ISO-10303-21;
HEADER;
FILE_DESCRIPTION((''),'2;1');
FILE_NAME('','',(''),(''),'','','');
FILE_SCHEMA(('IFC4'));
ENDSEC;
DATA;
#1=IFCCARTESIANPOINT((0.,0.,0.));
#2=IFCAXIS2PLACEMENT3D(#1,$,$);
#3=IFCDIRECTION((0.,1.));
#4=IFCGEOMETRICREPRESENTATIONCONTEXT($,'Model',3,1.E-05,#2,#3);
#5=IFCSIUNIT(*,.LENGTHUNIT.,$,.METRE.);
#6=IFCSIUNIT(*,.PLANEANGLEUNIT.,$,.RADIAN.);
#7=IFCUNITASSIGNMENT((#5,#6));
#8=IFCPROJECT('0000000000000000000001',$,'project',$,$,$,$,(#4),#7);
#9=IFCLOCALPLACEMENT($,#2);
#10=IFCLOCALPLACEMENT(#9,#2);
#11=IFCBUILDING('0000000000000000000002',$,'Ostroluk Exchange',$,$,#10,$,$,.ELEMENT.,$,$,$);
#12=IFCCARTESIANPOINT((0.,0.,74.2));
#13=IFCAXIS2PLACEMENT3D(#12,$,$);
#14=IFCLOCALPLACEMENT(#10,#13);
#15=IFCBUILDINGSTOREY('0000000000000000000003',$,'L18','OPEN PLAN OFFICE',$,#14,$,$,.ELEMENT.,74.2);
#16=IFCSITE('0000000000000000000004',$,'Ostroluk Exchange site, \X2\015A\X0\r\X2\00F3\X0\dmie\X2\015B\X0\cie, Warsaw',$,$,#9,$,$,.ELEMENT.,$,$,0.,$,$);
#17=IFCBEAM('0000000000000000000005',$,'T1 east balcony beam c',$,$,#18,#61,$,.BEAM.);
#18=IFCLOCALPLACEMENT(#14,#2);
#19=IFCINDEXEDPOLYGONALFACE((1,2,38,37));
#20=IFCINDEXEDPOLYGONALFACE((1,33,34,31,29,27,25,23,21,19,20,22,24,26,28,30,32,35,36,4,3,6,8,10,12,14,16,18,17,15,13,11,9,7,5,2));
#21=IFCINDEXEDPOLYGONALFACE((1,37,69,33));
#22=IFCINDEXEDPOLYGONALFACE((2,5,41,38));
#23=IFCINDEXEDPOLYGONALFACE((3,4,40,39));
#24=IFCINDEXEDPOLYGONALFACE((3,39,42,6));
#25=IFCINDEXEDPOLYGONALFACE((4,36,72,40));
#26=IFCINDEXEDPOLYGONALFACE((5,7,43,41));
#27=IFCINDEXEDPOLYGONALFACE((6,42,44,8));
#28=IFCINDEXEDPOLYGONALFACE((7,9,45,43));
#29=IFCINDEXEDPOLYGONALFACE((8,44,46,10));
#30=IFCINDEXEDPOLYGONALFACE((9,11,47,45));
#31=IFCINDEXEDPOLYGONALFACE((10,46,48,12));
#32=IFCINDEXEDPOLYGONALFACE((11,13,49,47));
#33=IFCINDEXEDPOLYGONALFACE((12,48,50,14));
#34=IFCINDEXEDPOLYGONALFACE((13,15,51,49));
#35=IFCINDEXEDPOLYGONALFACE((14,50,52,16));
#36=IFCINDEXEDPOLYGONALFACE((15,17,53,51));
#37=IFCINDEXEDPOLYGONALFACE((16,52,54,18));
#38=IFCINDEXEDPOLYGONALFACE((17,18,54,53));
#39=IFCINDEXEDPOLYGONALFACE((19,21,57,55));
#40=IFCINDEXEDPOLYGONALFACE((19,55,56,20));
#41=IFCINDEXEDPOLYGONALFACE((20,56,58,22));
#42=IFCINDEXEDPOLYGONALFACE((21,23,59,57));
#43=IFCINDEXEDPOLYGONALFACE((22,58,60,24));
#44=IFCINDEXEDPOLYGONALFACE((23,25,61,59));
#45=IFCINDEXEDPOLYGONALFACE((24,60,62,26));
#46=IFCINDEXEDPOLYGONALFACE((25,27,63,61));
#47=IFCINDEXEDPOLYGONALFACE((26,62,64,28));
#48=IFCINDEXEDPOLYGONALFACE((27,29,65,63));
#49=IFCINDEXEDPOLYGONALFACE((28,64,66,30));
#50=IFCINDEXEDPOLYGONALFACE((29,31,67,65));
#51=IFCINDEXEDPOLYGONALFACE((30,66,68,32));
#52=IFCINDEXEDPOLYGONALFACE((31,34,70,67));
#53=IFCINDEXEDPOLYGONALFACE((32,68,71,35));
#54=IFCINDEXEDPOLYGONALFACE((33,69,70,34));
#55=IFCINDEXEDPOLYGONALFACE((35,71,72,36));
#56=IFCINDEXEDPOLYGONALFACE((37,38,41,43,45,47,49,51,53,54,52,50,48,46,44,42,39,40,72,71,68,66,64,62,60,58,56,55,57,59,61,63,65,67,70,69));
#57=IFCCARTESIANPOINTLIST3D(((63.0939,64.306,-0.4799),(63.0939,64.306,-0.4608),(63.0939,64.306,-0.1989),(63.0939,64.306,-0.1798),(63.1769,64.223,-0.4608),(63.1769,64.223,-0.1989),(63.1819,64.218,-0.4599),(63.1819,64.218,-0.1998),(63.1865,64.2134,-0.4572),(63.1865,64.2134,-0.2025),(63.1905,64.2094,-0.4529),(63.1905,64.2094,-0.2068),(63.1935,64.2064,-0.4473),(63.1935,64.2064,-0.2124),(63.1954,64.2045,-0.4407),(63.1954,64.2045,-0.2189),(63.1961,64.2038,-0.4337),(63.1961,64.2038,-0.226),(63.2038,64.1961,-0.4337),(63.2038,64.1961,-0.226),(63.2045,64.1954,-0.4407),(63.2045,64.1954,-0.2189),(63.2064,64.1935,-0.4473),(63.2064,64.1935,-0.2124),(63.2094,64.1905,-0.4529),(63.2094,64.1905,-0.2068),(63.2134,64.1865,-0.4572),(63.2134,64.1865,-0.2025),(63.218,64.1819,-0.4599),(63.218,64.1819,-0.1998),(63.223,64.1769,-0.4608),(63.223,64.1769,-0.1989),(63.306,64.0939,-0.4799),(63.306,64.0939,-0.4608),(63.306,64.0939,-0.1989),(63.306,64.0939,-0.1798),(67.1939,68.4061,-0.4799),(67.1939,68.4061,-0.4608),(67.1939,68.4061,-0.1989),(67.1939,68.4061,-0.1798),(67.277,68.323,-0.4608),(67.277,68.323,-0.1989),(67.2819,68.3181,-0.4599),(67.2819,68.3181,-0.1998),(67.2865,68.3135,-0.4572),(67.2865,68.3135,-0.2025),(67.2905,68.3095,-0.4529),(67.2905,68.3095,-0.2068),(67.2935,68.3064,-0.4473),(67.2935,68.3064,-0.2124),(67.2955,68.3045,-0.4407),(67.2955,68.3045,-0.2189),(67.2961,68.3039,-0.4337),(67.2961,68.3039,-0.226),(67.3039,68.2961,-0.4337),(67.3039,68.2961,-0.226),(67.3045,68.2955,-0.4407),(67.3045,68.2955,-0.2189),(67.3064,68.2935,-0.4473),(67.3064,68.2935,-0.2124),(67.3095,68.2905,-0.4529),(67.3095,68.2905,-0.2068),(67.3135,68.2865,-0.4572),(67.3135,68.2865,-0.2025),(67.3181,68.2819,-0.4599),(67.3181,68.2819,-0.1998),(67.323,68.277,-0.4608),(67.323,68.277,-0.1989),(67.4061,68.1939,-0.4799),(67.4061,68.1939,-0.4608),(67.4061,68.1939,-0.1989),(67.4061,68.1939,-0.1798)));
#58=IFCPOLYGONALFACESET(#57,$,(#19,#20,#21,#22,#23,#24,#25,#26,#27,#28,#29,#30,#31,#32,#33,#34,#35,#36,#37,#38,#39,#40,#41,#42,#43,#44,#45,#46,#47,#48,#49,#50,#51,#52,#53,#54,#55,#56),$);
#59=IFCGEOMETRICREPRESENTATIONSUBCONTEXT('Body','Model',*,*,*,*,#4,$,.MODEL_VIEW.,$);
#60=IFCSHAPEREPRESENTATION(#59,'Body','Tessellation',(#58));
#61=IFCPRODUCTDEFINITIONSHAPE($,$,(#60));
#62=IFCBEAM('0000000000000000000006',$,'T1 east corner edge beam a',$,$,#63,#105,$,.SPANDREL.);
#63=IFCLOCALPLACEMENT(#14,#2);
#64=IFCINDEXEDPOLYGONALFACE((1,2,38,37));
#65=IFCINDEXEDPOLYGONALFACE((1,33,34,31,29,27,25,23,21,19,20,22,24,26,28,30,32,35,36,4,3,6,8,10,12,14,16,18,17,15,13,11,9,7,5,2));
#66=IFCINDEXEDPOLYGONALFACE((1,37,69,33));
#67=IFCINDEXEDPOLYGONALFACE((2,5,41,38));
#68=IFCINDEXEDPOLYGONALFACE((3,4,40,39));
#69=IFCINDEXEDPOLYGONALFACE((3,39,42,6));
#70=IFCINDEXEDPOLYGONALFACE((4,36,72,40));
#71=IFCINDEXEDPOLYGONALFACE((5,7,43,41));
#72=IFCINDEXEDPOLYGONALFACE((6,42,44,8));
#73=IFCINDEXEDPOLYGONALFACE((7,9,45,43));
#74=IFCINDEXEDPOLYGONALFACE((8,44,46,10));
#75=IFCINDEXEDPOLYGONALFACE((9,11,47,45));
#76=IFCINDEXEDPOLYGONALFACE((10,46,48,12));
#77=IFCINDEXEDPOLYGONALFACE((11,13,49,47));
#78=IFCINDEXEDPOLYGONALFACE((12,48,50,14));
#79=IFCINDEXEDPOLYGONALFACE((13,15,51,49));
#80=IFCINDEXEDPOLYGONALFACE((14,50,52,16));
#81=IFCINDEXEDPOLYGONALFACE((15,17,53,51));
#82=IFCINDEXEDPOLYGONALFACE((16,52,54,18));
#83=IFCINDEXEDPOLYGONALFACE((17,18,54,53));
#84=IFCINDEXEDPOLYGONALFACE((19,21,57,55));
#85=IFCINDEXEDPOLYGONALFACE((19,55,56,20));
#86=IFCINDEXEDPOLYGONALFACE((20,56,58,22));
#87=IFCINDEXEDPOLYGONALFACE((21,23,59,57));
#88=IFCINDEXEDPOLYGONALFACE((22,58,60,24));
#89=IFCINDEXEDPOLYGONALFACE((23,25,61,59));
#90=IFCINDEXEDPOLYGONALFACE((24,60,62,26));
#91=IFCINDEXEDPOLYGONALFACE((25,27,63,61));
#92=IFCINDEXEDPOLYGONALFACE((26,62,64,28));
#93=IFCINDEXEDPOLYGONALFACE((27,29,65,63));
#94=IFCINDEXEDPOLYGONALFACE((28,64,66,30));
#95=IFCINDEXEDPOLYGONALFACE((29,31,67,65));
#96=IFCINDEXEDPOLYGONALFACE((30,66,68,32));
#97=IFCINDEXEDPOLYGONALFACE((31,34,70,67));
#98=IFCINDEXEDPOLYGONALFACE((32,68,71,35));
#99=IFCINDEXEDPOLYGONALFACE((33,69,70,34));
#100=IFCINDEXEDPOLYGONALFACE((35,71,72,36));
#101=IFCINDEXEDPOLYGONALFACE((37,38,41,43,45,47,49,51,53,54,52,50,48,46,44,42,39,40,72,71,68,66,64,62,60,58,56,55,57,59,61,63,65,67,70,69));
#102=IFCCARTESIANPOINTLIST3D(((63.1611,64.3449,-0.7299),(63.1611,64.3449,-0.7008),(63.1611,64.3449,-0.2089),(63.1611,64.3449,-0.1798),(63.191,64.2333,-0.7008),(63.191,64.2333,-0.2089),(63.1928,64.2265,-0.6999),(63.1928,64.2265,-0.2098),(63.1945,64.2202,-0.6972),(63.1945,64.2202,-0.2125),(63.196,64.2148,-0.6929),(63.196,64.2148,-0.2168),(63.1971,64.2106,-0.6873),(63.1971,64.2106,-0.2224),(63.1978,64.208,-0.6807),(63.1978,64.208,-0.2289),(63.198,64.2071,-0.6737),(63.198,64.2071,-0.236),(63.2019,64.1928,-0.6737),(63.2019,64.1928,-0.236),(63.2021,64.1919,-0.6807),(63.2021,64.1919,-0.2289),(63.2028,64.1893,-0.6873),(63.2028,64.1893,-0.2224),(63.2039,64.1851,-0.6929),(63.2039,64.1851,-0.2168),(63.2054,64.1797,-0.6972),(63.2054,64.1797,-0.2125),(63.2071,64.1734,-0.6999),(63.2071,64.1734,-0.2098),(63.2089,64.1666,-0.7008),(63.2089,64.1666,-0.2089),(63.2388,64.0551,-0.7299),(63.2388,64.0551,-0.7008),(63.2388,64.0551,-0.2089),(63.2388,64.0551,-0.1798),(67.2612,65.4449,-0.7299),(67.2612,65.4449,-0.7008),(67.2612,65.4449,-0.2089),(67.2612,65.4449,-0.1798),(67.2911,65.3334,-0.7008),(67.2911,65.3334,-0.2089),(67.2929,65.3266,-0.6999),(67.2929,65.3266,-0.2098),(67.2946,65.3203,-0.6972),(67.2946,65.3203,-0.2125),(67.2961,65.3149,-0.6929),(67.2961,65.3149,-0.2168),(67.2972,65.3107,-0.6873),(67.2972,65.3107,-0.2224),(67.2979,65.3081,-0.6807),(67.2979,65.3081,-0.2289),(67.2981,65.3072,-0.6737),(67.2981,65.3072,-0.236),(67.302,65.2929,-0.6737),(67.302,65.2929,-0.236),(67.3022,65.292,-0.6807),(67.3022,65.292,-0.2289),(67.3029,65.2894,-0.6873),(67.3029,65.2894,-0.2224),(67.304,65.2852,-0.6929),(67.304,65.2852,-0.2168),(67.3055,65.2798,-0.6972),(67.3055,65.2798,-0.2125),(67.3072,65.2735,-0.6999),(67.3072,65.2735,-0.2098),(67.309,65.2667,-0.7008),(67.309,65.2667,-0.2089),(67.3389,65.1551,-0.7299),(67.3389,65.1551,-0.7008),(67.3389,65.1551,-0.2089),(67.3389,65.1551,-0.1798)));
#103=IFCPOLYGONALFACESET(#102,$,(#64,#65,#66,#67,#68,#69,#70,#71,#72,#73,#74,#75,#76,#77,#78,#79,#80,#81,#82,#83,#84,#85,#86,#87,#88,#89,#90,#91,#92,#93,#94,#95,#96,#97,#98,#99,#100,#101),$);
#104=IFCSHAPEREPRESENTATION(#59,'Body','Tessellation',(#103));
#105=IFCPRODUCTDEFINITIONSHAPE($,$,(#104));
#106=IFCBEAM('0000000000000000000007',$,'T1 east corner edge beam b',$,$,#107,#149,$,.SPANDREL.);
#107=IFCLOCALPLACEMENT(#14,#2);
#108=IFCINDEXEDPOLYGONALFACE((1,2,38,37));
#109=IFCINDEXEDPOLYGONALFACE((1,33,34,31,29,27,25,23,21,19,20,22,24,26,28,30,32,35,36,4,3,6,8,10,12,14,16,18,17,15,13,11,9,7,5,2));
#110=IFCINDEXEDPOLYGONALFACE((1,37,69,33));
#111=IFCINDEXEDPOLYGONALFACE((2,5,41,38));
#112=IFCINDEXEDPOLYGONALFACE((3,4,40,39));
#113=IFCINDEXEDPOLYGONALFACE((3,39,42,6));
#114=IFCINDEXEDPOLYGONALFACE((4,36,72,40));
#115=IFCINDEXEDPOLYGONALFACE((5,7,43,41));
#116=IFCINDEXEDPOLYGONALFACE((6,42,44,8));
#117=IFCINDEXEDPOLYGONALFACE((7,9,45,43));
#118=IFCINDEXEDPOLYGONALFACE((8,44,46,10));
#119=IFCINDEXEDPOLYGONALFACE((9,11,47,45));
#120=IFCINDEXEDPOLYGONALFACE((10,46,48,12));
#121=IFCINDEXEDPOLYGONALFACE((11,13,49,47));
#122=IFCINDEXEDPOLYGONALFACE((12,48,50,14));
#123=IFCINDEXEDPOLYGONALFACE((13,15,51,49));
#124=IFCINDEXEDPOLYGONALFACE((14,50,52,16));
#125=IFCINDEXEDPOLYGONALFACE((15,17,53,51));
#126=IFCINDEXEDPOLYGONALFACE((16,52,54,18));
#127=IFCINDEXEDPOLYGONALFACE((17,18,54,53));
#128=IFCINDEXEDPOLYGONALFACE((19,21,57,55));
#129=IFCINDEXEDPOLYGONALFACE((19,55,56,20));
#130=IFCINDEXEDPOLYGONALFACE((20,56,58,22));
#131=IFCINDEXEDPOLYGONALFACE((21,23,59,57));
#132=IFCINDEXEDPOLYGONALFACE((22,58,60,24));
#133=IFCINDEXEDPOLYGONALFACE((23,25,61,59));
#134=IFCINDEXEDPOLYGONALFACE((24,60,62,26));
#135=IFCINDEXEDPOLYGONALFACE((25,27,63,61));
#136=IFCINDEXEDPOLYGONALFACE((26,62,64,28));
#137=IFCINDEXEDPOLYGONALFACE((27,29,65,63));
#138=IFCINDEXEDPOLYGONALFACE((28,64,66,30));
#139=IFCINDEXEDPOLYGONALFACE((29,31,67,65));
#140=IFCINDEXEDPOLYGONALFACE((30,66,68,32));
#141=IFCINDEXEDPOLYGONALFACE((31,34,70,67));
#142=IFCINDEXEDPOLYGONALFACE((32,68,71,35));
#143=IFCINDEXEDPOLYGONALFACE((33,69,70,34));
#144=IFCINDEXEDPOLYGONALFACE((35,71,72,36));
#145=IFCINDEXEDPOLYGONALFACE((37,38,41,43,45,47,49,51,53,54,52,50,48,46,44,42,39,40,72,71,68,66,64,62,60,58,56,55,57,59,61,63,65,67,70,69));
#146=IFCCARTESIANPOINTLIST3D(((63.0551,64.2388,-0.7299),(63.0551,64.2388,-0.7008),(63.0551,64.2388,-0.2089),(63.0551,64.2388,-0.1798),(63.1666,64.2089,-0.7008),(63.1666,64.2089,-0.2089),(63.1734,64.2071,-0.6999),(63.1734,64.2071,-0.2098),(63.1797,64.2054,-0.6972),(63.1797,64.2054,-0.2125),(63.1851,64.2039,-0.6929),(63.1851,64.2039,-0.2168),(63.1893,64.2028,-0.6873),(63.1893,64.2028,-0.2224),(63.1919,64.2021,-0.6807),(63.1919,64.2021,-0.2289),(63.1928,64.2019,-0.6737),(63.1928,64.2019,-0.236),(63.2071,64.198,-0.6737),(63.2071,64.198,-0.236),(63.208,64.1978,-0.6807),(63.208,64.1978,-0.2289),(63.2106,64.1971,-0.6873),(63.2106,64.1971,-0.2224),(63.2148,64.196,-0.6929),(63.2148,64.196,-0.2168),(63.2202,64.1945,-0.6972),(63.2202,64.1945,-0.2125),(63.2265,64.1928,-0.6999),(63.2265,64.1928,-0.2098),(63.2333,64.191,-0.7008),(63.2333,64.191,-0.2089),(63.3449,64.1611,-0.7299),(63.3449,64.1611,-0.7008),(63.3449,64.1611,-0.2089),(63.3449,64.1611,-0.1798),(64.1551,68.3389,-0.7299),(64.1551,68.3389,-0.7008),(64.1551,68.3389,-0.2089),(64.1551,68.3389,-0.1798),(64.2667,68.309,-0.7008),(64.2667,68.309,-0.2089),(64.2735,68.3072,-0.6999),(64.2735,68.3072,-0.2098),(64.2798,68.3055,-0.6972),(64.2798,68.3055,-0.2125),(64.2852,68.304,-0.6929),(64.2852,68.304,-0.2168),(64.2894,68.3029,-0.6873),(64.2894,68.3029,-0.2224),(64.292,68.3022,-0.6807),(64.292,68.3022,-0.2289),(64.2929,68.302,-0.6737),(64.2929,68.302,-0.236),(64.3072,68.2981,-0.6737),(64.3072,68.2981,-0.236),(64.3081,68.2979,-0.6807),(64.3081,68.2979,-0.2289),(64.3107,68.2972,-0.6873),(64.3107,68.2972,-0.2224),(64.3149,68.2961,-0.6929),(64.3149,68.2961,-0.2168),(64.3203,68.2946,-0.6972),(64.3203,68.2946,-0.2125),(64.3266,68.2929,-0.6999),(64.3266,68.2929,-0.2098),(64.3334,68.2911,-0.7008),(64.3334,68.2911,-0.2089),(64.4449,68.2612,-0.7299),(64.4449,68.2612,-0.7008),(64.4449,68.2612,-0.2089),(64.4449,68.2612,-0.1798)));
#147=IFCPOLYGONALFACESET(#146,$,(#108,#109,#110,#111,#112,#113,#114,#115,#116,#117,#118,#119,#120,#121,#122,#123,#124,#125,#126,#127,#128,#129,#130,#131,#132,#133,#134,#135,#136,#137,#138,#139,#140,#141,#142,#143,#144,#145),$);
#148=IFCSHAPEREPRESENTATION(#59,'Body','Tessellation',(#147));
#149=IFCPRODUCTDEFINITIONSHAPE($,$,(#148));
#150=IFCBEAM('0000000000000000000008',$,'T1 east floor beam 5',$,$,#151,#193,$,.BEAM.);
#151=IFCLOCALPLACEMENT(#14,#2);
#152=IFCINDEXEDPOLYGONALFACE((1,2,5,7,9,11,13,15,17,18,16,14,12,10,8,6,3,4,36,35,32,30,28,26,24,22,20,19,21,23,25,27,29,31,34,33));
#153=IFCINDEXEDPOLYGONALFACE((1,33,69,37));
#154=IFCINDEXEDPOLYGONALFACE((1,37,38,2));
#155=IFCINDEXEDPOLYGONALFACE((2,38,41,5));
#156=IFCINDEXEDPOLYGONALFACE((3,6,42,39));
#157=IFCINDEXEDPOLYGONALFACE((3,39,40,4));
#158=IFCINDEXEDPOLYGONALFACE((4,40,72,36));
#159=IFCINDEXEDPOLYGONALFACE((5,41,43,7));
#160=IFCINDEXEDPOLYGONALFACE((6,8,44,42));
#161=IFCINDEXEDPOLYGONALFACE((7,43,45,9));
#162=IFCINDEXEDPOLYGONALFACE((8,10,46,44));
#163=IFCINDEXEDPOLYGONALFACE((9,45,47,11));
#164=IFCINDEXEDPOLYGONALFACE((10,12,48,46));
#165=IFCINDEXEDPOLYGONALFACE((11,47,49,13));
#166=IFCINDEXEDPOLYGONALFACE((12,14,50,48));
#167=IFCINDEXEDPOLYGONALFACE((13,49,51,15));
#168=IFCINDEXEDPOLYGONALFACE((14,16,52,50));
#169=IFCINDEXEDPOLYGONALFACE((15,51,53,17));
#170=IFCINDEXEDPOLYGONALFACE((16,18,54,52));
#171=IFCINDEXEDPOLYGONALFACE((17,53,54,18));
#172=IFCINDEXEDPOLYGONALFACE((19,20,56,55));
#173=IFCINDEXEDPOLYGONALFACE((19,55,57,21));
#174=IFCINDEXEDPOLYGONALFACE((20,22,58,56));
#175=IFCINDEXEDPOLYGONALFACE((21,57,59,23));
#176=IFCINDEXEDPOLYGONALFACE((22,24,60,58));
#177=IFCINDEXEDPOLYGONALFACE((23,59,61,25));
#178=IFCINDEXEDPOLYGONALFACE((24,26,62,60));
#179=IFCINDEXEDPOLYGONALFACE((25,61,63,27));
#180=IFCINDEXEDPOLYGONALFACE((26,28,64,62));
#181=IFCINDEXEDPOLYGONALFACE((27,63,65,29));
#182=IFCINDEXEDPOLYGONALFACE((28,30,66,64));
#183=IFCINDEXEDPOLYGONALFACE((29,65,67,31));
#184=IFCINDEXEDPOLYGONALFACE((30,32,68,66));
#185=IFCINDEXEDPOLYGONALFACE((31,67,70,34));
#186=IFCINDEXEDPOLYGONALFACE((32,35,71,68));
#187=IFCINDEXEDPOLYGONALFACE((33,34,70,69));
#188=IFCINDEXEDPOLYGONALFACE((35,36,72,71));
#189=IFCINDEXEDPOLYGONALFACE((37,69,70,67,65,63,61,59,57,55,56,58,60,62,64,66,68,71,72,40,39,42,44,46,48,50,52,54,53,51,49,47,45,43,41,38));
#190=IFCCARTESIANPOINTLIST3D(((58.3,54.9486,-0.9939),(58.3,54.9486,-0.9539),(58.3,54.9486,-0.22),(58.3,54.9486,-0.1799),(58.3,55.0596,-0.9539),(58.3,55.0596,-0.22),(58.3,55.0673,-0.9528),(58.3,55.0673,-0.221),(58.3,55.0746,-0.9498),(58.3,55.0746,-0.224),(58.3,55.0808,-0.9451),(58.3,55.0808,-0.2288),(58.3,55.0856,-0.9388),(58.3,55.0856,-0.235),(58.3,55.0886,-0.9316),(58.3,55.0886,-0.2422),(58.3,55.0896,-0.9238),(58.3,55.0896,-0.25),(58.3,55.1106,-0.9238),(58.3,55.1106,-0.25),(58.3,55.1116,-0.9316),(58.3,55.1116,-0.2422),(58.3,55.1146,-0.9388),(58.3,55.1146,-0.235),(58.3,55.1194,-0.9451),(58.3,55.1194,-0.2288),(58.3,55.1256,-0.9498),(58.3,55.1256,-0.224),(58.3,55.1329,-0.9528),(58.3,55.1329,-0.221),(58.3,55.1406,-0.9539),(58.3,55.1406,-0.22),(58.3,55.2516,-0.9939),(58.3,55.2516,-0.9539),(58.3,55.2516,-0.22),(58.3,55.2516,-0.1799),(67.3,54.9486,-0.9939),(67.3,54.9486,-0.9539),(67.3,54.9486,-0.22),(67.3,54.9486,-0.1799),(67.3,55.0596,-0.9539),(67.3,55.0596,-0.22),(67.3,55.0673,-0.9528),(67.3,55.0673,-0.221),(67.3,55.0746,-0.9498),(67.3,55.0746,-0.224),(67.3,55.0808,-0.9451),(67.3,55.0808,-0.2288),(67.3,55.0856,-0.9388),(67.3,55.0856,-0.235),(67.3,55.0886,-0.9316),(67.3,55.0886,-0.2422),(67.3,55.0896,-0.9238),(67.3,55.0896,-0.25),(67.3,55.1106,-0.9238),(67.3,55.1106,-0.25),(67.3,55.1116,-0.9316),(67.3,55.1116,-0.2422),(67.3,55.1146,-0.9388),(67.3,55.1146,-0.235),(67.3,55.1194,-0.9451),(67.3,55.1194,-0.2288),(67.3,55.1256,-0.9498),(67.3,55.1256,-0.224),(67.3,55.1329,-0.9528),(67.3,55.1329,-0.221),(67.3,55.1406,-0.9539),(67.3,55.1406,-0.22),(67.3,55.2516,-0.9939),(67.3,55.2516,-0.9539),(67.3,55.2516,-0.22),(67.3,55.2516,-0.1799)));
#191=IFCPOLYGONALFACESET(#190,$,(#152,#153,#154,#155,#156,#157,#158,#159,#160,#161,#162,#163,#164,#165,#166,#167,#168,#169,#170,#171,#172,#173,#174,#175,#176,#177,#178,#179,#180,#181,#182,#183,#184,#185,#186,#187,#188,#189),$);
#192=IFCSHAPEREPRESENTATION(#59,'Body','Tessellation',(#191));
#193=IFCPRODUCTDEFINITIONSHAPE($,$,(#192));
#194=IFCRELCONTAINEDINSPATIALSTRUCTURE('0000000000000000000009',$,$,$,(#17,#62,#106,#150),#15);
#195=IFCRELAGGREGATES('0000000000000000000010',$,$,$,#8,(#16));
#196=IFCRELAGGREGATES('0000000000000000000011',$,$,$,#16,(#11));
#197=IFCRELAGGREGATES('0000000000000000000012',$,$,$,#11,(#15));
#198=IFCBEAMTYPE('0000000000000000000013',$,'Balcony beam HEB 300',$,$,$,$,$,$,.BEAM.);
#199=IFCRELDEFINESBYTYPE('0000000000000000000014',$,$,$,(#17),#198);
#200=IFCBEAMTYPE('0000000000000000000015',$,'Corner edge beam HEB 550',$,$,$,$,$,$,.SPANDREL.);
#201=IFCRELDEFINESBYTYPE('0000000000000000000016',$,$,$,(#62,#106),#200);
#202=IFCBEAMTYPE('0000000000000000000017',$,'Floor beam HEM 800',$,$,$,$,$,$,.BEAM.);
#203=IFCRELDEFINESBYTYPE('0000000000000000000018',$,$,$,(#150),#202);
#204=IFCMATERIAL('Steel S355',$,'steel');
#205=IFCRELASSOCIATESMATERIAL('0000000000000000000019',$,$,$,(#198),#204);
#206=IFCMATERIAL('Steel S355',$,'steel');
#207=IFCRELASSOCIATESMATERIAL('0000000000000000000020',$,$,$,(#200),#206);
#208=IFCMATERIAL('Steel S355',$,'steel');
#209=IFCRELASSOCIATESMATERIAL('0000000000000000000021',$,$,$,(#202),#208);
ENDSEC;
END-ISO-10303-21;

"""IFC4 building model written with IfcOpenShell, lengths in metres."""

from ifc_helpers import new_model, si_unit, direction, frame, origin, origin_2d, place, context, subcontext, project, spatial, i_section, extrude, material, material_profile, profile_set, type_object, element, save


model = new_model("IFC4")

# Units and contexts
model_context = context("Model", 3, precision=1e-05, world=origin(), true_north=direction((0.0, 1.0)))
body_context = subcontext(model_context, "Body", "Model", "MODEL_VIEW")
ifc_project = project(units=[si_unit("LENGTHUNIT", "METRE"), si_unit("PLANEANGLEUNIT", "RADIAN")], contexts=[model_context])

# Site, building, storey
site_placement = place(None, origin())
site = spatial("IfcSite", under=ifc_project, at=site_placement, Name="Ostroluk Exchange site, Śródmieście, Warsaw", CompositionType="ELEMENT", RefElevation=0.0)
building_placement = place(site_placement, origin())
building = spatial("IfcBuilding", under=site, at=building_placement, Name="Ostroluk Exchange", CompositionType="ELEMENT")
storey_placement = place(building_placement, frame((0.0, 0.0, 74.2)))
storey = spatial("IfcBuildingStorey", under=building, at=storey_placement, Name="L18", Description="OPEN PLAN OFFICE", CompositionType="ELEMENT", Elevation=74.2)

# Beams
ifc_material_1 = material(Name="Steel S355", Category="steel")
ifc_material_profile_1 = material_profile(ifc_material_1, i_section(OverallWidth=0.3, OverallDepth=0.3, WebThickness=0.011, FlangeThickness=0.019, FilletRadius=0.0271, at=origin_2d()), Name="HEB 300")
ifc_profile_set_1 = profile_set([ifc_material_profile_1], Name="Steel S355")
beam_type_1 = type_object("IfcBeamType", Name="Balcony beam HEB 300", PredefinedType="BEAM", material=ifc_profile_set_1)
beam_1_placement = place(storey_placement, frame((63.2, 64.2, -0.3298), z_axis=(0.707107, 0.707107, 0.0), x_axis=(-0.707107, 0.707107, 0.0)))
element("IfcBeam", 1, at=beam_1_placement, inside=storey, type_object=beam_type_1, Name="T1 east balcony beam c", PredefinedType="BEAM", context=body_context, shape_type="SweptSolid", body=[
    extrude(i_section(OverallWidth=0.3, OverallDepth=0.3, WebThickness=0.011, FlangeThickness=0.019, FilletRadius=0.0271, at=origin_2d()), origin(), (0.0, 0.0, 1.0), 5.7983),
])
ifc_material_2 = material(Name="Steel S355", Category="steel")
ifc_material_profile_2 = material_profile(ifc_material_2, i_section(OverallWidth=0.3, OverallDepth=0.55, WebThickness=0.0149, FlangeThickness=0.0291, FilletRadius=0.0271, at=origin_2d()), Name="HEB 550")
ifc_profile_set_2 = profile_set([ifc_material_profile_2], Name="Steel S355")
beam_type_2 = type_object("IfcBeamType", Name="Corner edge beam HEB 550", PredefinedType="SPANDREL", material=ifc_profile_set_2)
for number, where, z_axis, x_axis, name in (
    (2, (63.2, 64.2, -0.4548), (0.965839, 0.259144, 0.0), (-0.259144, 0.965839, 0.0), "T1 east corner edge beam a"),
    (3, (63.2, 64.2, -0.4548), (0.259144, 0.965839, 0.0), (-0.965839, 0.259144, 0.0), "T1 east corner edge beam b"),
):
    element("IfcBeam", number, at=place(storey_placement, frame(where, z_axis=z_axis, x_axis=x_axis)), inside=storey, type_object=beam_type_2, Name=name, PredefinedType="SPANDREL", context=body_context, shape_type="SweptSolid", body=[
        extrude(i_section(OverallWidth=0.3, OverallDepth=0.55, WebThickness=0.0149, FlangeThickness=0.0291, FilletRadius=0.0271, at=origin_2d()), origin(), (0.0, 0.0, 1.0), 4.2451),
    ])
ifc_material_3 = material(Name="Steel S355", Category="steel")
ifc_material_profile_3 = material_profile(ifc_material_3, i_section(OverallWidth=0.303, OverallDepth=0.814, WebThickness=0.021, FlangeThickness=0.04, FilletRadius=0.03, at=origin_2d()), Name="HEM 800")
ifc_profile_set_3 = profile_set([ifc_material_profile_3], Name="Steel S355")
beam_type_3 = type_object("IfcBeamType", Name="Floor beam HEM 800", PredefinedType="BEAM", material=ifc_profile_set_3)
beam_2_placement = place(storey_placement, frame((58.3, 55.1001, -0.5869), z_axis=(1.0, 0.0, 0.0), x_axis=(0.0, 1.0, 0.0)))
element("IfcBeam", 4, at=beam_2_placement, inside=storey, type_object=beam_type_3, Name="T1 east floor beam 5", PredefinedType="BEAM", context=body_context, shape_type="SweptSolid", body=[
    extrude(i_section(OverallWidth=0.303, OverallDepth=0.814, WebThickness=0.021, FlangeThickness=0.04, FilletRadius=0.03, at=origin_2d()), origin(), (0.0, 0.0, 1.0), 9.0),
])

save(model, "model.ifc")
